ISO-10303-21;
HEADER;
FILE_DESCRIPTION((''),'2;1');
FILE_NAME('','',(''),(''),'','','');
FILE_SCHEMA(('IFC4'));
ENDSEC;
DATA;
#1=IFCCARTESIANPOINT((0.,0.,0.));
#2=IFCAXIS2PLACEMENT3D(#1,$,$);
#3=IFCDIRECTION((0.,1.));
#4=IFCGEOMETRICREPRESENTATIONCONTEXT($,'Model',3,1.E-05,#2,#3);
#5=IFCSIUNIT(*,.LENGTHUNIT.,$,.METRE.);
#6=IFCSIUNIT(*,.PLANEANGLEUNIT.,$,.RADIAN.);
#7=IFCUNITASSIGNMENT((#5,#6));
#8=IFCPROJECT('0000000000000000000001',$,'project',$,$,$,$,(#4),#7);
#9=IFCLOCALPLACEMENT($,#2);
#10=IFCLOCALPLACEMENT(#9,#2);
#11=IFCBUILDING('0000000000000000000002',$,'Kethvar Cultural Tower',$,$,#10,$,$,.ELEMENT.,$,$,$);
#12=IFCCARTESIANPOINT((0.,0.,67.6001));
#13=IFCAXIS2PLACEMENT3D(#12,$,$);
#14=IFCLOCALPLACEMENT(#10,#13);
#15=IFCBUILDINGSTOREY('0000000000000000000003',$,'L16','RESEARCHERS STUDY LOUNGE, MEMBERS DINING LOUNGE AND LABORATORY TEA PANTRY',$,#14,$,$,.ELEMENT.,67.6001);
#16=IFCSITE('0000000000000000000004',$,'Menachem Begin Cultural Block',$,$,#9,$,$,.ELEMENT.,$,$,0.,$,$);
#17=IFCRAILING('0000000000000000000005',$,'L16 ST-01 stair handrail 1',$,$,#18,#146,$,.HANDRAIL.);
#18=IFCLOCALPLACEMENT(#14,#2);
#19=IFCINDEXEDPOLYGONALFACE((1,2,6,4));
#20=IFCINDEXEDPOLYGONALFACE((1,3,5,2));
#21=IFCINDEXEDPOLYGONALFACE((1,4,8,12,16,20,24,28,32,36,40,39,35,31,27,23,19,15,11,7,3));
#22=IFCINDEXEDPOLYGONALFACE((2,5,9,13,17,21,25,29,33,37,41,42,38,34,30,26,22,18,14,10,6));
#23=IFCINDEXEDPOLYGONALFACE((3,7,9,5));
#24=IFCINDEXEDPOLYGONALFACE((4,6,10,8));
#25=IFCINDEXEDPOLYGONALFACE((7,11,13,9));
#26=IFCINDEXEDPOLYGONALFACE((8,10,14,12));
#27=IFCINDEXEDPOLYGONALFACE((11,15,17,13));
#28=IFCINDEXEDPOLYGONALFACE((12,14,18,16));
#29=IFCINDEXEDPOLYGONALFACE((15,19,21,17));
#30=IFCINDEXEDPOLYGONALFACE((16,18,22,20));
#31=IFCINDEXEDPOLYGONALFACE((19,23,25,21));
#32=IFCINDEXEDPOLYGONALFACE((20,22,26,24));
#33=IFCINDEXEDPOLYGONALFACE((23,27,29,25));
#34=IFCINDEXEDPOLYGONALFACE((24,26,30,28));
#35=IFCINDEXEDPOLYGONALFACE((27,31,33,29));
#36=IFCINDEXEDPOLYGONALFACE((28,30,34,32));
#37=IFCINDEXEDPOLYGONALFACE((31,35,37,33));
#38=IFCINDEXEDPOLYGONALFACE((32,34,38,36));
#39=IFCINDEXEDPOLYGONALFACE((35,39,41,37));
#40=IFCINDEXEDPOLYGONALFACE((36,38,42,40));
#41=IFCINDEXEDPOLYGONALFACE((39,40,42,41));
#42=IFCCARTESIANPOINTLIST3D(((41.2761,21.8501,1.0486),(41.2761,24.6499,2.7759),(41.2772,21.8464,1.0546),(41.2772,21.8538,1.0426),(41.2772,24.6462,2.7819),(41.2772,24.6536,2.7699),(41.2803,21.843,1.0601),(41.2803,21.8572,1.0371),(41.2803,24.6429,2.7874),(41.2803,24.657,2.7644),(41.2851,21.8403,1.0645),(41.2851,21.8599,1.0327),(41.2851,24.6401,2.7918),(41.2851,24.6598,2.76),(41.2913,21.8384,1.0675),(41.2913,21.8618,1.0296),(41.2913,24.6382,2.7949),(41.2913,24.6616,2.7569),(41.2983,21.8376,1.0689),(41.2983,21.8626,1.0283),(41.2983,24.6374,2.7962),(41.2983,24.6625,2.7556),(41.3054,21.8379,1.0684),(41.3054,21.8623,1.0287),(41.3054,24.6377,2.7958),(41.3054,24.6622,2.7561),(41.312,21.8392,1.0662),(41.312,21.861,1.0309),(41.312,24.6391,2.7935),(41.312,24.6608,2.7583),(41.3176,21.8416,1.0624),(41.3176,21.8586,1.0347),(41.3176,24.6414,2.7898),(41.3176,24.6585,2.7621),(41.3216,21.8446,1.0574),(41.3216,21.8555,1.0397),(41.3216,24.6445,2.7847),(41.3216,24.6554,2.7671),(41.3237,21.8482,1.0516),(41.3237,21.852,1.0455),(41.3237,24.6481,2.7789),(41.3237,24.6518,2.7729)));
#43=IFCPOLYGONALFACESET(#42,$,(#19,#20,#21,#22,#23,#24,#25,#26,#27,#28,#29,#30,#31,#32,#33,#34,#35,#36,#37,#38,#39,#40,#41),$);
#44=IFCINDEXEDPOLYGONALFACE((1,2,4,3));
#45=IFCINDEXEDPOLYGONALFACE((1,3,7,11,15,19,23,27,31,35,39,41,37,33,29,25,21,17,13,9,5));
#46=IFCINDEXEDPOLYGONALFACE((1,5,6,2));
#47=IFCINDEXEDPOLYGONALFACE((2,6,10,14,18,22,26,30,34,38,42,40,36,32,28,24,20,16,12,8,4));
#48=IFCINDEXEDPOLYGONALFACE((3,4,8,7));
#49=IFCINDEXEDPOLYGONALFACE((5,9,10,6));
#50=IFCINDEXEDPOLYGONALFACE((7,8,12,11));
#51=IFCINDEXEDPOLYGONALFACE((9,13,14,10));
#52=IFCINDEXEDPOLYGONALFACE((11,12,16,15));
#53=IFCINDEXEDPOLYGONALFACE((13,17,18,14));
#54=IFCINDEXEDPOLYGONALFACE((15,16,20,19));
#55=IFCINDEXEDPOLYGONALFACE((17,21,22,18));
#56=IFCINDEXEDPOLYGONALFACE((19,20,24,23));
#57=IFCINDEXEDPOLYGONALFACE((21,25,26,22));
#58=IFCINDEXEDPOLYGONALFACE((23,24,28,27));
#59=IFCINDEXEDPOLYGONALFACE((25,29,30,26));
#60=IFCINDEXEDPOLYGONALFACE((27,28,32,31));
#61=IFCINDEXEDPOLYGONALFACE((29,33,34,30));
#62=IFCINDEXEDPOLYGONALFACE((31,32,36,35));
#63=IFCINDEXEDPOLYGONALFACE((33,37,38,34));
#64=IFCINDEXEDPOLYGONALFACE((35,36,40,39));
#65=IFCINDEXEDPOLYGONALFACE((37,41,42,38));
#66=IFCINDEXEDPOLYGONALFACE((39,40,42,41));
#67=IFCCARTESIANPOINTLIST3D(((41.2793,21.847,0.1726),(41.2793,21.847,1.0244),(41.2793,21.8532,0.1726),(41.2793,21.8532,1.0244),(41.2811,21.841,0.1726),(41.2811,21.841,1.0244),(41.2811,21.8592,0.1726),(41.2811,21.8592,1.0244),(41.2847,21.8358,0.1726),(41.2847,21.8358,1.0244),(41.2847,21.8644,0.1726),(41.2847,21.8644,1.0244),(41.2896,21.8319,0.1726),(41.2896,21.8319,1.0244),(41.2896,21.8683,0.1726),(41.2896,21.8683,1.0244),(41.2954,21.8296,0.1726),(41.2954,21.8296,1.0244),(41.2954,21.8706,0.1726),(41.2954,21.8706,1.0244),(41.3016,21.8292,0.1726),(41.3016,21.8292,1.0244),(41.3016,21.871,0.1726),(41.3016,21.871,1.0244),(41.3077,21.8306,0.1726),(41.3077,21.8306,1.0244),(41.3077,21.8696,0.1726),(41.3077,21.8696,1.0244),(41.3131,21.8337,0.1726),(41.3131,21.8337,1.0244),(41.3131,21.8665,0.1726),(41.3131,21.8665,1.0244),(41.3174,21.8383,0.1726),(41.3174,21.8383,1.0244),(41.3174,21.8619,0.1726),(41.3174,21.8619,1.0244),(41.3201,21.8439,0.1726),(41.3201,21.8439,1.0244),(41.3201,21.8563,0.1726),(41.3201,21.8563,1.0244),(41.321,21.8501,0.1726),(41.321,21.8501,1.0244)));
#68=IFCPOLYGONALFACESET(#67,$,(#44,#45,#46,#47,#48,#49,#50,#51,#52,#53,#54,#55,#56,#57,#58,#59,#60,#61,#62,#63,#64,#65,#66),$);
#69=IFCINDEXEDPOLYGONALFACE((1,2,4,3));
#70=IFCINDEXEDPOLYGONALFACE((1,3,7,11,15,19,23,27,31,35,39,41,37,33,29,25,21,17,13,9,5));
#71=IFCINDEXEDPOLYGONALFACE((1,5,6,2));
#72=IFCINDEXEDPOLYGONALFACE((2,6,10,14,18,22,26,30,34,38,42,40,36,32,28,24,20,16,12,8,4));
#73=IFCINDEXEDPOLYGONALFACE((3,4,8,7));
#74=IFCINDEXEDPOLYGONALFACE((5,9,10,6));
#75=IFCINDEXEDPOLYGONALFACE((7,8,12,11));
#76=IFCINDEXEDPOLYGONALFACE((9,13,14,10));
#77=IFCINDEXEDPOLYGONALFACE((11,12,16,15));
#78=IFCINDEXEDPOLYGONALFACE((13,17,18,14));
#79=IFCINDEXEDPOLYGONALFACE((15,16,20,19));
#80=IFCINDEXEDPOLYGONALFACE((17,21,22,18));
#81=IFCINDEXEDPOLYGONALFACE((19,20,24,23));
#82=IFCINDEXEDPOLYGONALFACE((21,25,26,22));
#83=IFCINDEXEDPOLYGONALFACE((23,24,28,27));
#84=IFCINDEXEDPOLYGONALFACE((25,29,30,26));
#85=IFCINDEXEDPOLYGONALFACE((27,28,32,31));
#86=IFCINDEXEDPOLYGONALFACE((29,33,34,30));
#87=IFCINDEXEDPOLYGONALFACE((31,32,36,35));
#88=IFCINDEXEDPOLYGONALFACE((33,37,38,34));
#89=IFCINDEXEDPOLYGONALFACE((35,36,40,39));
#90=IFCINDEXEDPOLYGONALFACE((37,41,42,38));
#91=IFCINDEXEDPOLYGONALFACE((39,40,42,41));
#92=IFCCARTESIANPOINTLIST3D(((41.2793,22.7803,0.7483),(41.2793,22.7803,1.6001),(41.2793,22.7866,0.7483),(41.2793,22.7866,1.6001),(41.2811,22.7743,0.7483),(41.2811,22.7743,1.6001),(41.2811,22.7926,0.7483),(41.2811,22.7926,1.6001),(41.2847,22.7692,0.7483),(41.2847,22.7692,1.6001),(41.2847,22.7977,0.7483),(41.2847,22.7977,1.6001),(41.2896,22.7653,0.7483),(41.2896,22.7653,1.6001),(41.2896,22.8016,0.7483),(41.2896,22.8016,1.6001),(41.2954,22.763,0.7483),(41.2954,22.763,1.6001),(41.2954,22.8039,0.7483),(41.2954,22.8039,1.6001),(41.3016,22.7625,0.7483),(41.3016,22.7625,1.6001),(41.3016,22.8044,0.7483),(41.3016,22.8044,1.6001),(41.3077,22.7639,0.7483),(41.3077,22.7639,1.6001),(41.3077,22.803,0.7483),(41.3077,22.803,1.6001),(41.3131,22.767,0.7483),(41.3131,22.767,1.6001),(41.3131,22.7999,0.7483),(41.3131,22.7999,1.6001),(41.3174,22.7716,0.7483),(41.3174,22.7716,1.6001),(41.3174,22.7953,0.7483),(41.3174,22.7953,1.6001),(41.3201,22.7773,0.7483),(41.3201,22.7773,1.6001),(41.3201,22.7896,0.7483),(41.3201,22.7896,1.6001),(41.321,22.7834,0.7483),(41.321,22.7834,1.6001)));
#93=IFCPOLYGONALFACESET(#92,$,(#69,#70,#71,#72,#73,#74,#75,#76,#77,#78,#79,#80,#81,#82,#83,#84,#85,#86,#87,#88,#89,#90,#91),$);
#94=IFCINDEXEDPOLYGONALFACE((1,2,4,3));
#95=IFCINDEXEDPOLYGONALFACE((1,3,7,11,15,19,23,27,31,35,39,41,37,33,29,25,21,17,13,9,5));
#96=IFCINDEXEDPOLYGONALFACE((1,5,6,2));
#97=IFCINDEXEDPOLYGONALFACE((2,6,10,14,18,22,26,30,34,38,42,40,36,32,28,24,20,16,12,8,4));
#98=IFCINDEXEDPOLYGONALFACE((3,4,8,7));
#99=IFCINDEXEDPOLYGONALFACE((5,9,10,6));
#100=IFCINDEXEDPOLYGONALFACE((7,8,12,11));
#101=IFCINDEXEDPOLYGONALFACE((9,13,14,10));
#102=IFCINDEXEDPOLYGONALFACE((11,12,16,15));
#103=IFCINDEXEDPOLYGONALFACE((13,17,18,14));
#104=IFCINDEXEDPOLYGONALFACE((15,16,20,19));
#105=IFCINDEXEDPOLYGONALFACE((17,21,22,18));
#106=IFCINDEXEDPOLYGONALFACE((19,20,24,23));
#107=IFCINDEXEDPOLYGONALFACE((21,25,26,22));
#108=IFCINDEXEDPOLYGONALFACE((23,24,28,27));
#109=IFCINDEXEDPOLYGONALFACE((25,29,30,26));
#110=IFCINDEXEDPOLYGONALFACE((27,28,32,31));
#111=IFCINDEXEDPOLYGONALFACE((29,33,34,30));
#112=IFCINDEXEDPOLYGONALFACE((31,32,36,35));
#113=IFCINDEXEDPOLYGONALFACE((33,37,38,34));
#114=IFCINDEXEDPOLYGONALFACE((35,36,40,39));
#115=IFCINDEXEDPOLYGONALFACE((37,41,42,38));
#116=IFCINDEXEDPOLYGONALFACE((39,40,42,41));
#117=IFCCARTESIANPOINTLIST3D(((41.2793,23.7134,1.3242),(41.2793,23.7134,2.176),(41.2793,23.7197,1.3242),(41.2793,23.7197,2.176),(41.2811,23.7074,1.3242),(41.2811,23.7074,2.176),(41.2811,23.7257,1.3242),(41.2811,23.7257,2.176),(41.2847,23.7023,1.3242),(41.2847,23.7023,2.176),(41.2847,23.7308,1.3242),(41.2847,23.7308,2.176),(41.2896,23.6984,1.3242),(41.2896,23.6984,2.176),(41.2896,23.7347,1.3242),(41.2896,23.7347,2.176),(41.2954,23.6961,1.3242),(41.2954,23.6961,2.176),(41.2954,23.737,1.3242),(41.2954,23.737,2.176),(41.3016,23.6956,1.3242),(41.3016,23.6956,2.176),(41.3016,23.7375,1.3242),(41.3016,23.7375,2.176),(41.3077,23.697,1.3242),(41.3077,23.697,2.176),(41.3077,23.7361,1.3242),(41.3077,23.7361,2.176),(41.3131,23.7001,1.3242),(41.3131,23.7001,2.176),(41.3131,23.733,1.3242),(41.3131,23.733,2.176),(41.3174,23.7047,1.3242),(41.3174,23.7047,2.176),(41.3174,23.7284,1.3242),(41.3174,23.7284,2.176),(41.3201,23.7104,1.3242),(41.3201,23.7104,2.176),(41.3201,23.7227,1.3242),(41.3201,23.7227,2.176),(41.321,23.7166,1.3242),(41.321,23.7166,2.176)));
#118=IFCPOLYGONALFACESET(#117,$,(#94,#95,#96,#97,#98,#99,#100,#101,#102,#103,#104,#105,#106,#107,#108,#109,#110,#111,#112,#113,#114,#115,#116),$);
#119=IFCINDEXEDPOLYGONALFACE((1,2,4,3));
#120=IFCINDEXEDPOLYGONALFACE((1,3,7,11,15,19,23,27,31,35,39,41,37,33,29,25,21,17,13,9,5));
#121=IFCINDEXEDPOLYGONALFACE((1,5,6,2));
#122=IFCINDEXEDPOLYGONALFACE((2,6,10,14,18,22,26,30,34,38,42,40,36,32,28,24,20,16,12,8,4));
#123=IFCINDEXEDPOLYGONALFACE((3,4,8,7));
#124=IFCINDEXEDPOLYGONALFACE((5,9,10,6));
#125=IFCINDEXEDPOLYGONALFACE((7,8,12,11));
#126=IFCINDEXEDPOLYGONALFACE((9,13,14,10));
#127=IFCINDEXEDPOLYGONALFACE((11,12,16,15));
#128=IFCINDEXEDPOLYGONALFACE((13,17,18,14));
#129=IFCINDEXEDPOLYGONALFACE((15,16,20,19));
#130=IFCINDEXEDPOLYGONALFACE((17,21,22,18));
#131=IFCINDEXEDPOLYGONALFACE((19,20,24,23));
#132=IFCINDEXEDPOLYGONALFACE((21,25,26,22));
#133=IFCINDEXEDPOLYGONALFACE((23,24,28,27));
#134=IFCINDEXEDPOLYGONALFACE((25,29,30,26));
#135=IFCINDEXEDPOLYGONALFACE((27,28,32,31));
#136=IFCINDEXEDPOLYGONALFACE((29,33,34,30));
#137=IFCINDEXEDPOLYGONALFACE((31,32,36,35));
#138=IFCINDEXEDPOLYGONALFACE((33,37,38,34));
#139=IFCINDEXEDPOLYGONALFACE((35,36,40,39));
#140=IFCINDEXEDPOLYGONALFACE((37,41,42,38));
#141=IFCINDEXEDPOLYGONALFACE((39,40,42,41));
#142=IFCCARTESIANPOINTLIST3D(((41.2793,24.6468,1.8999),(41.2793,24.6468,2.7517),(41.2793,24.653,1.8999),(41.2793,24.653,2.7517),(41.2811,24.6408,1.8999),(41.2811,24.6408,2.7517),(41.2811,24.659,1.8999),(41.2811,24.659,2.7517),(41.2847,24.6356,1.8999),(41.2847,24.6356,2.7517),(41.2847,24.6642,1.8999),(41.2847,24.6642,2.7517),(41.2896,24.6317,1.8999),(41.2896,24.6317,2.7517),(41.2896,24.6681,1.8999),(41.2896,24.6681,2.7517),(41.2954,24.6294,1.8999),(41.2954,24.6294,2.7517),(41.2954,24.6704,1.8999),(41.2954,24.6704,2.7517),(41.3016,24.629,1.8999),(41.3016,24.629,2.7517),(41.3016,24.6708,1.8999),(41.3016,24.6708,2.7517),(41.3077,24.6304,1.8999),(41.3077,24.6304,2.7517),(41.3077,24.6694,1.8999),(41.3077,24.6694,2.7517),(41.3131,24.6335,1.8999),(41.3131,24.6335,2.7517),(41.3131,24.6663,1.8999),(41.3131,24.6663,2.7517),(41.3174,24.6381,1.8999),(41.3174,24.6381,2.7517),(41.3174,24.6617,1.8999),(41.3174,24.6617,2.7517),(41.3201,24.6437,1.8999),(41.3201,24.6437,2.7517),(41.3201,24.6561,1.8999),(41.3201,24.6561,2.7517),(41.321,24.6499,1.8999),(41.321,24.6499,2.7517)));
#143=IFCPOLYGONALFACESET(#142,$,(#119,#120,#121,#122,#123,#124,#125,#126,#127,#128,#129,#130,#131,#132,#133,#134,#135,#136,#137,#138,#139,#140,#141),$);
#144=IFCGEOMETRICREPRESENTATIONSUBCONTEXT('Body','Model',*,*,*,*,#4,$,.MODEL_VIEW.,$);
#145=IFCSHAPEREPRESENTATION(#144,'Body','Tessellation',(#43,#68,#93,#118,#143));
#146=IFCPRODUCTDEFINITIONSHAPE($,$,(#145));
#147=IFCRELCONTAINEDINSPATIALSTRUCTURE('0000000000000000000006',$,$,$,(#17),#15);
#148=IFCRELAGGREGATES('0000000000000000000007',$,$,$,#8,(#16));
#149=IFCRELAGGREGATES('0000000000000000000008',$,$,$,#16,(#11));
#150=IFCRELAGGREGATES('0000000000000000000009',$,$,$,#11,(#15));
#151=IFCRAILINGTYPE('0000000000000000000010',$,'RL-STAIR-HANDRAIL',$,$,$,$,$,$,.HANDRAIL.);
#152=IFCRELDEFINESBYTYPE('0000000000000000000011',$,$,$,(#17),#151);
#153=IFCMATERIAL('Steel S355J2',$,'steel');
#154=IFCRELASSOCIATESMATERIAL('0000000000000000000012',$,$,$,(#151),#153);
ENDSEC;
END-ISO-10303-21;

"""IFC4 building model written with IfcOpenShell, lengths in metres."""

from ifc_helpers import new_model, si_unit, direction, frame, origin, origin_2d, place, context, subcontext, project, spatial, circle, extrude, material, type_object, element, save


model = new_model("IFC4")

# Units and contexts
model_context = context("Model", 3, precision=1e-05, world=origin(), true_north=direction((0.0, 1.0)))
body_context = subcontext(model_context, "Body", "Model", "MODEL_VIEW")
ifc_project = project(units=[si_unit("LENGTHUNIT", "METRE"), si_unit("PLANEANGLEUNIT", "RADIAN")], contexts=[model_context])

# Site, building, storey
site_placement = place(None, origin())
site = spatial("IfcSite", under=ifc_project, at=site_placement, Name="Menachem Begin Cultural Block", CompositionType="ELEMENT", RefElevation=0.0)
building_placement = place(site_placement, origin())
building = spatial("IfcBuilding", under=site, at=building_placement, Name="Kethvar Cultural Tower", CompositionType="ELEMENT")
storey_placement = place(building_placement, frame((0.0, 0.0, 67.6001)))
storey = spatial("IfcBuildingStorey", under=building, at=storey_placement, Name="L16", Description="RESEARCHERS STUDY LOUNGE, MEMBERS DINING LOUNGE AND LABORATORY TEA PANTRY", CompositionType="ELEMENT", Elevation=67.6001)

# Shared definitions
ifc_material_1 = material(Name="Steel S355J2", Category="steel")

# Railing
railing_type_1 = type_object("IfcRailingType", Name="RL-STAIR-HANDRAIL", PredefinedType="HANDRAIL", material=ifc_material_1)
railing_1_placement = place(storey_placement, frame((41.3, 21.8501, 0.1726)))
element("IfcRailing", 1, at=railing_1_placement, inside=storey, type_object=railing_type_1, Name="L16 ST-01 stair handrail 1", PredefinedType="HANDRAIL", context=body_context, shape_type="SweptSolid", body=[
    extrude(circle(Radius=0.0239, at=origin_2d()), frame((0.0, 0.0, 0.876), z_axis=(0.0, 0.851069, 0.525054), x_axis=(-1.0, 0.0, 0.0)), (0.0, 0.0, 1.0), 3.2898),
    extrude(circle(Radius=0.021, at=origin_2d()), origin(), (0.0, 0.0, 1.0), 0.8518),
    extrude(circle(Radius=0.021, at=origin_2d()), frame((0.0, 0.9333, 0.5757)), (0.0, 0.0, 1.0), 0.8518),
    extrude(circle(Radius=0.021, at=origin_2d()), frame((0.0, 1.8665, 1.1516)), (0.0, 0.0, 1.0), 0.8518),
    extrude(circle(Radius=0.021, at=origin_2d()), frame((0.0, 2.7998, 1.7273)), (0.0, 0.0, 1.0), 0.8518),
])

save(model, "model.ifc")
